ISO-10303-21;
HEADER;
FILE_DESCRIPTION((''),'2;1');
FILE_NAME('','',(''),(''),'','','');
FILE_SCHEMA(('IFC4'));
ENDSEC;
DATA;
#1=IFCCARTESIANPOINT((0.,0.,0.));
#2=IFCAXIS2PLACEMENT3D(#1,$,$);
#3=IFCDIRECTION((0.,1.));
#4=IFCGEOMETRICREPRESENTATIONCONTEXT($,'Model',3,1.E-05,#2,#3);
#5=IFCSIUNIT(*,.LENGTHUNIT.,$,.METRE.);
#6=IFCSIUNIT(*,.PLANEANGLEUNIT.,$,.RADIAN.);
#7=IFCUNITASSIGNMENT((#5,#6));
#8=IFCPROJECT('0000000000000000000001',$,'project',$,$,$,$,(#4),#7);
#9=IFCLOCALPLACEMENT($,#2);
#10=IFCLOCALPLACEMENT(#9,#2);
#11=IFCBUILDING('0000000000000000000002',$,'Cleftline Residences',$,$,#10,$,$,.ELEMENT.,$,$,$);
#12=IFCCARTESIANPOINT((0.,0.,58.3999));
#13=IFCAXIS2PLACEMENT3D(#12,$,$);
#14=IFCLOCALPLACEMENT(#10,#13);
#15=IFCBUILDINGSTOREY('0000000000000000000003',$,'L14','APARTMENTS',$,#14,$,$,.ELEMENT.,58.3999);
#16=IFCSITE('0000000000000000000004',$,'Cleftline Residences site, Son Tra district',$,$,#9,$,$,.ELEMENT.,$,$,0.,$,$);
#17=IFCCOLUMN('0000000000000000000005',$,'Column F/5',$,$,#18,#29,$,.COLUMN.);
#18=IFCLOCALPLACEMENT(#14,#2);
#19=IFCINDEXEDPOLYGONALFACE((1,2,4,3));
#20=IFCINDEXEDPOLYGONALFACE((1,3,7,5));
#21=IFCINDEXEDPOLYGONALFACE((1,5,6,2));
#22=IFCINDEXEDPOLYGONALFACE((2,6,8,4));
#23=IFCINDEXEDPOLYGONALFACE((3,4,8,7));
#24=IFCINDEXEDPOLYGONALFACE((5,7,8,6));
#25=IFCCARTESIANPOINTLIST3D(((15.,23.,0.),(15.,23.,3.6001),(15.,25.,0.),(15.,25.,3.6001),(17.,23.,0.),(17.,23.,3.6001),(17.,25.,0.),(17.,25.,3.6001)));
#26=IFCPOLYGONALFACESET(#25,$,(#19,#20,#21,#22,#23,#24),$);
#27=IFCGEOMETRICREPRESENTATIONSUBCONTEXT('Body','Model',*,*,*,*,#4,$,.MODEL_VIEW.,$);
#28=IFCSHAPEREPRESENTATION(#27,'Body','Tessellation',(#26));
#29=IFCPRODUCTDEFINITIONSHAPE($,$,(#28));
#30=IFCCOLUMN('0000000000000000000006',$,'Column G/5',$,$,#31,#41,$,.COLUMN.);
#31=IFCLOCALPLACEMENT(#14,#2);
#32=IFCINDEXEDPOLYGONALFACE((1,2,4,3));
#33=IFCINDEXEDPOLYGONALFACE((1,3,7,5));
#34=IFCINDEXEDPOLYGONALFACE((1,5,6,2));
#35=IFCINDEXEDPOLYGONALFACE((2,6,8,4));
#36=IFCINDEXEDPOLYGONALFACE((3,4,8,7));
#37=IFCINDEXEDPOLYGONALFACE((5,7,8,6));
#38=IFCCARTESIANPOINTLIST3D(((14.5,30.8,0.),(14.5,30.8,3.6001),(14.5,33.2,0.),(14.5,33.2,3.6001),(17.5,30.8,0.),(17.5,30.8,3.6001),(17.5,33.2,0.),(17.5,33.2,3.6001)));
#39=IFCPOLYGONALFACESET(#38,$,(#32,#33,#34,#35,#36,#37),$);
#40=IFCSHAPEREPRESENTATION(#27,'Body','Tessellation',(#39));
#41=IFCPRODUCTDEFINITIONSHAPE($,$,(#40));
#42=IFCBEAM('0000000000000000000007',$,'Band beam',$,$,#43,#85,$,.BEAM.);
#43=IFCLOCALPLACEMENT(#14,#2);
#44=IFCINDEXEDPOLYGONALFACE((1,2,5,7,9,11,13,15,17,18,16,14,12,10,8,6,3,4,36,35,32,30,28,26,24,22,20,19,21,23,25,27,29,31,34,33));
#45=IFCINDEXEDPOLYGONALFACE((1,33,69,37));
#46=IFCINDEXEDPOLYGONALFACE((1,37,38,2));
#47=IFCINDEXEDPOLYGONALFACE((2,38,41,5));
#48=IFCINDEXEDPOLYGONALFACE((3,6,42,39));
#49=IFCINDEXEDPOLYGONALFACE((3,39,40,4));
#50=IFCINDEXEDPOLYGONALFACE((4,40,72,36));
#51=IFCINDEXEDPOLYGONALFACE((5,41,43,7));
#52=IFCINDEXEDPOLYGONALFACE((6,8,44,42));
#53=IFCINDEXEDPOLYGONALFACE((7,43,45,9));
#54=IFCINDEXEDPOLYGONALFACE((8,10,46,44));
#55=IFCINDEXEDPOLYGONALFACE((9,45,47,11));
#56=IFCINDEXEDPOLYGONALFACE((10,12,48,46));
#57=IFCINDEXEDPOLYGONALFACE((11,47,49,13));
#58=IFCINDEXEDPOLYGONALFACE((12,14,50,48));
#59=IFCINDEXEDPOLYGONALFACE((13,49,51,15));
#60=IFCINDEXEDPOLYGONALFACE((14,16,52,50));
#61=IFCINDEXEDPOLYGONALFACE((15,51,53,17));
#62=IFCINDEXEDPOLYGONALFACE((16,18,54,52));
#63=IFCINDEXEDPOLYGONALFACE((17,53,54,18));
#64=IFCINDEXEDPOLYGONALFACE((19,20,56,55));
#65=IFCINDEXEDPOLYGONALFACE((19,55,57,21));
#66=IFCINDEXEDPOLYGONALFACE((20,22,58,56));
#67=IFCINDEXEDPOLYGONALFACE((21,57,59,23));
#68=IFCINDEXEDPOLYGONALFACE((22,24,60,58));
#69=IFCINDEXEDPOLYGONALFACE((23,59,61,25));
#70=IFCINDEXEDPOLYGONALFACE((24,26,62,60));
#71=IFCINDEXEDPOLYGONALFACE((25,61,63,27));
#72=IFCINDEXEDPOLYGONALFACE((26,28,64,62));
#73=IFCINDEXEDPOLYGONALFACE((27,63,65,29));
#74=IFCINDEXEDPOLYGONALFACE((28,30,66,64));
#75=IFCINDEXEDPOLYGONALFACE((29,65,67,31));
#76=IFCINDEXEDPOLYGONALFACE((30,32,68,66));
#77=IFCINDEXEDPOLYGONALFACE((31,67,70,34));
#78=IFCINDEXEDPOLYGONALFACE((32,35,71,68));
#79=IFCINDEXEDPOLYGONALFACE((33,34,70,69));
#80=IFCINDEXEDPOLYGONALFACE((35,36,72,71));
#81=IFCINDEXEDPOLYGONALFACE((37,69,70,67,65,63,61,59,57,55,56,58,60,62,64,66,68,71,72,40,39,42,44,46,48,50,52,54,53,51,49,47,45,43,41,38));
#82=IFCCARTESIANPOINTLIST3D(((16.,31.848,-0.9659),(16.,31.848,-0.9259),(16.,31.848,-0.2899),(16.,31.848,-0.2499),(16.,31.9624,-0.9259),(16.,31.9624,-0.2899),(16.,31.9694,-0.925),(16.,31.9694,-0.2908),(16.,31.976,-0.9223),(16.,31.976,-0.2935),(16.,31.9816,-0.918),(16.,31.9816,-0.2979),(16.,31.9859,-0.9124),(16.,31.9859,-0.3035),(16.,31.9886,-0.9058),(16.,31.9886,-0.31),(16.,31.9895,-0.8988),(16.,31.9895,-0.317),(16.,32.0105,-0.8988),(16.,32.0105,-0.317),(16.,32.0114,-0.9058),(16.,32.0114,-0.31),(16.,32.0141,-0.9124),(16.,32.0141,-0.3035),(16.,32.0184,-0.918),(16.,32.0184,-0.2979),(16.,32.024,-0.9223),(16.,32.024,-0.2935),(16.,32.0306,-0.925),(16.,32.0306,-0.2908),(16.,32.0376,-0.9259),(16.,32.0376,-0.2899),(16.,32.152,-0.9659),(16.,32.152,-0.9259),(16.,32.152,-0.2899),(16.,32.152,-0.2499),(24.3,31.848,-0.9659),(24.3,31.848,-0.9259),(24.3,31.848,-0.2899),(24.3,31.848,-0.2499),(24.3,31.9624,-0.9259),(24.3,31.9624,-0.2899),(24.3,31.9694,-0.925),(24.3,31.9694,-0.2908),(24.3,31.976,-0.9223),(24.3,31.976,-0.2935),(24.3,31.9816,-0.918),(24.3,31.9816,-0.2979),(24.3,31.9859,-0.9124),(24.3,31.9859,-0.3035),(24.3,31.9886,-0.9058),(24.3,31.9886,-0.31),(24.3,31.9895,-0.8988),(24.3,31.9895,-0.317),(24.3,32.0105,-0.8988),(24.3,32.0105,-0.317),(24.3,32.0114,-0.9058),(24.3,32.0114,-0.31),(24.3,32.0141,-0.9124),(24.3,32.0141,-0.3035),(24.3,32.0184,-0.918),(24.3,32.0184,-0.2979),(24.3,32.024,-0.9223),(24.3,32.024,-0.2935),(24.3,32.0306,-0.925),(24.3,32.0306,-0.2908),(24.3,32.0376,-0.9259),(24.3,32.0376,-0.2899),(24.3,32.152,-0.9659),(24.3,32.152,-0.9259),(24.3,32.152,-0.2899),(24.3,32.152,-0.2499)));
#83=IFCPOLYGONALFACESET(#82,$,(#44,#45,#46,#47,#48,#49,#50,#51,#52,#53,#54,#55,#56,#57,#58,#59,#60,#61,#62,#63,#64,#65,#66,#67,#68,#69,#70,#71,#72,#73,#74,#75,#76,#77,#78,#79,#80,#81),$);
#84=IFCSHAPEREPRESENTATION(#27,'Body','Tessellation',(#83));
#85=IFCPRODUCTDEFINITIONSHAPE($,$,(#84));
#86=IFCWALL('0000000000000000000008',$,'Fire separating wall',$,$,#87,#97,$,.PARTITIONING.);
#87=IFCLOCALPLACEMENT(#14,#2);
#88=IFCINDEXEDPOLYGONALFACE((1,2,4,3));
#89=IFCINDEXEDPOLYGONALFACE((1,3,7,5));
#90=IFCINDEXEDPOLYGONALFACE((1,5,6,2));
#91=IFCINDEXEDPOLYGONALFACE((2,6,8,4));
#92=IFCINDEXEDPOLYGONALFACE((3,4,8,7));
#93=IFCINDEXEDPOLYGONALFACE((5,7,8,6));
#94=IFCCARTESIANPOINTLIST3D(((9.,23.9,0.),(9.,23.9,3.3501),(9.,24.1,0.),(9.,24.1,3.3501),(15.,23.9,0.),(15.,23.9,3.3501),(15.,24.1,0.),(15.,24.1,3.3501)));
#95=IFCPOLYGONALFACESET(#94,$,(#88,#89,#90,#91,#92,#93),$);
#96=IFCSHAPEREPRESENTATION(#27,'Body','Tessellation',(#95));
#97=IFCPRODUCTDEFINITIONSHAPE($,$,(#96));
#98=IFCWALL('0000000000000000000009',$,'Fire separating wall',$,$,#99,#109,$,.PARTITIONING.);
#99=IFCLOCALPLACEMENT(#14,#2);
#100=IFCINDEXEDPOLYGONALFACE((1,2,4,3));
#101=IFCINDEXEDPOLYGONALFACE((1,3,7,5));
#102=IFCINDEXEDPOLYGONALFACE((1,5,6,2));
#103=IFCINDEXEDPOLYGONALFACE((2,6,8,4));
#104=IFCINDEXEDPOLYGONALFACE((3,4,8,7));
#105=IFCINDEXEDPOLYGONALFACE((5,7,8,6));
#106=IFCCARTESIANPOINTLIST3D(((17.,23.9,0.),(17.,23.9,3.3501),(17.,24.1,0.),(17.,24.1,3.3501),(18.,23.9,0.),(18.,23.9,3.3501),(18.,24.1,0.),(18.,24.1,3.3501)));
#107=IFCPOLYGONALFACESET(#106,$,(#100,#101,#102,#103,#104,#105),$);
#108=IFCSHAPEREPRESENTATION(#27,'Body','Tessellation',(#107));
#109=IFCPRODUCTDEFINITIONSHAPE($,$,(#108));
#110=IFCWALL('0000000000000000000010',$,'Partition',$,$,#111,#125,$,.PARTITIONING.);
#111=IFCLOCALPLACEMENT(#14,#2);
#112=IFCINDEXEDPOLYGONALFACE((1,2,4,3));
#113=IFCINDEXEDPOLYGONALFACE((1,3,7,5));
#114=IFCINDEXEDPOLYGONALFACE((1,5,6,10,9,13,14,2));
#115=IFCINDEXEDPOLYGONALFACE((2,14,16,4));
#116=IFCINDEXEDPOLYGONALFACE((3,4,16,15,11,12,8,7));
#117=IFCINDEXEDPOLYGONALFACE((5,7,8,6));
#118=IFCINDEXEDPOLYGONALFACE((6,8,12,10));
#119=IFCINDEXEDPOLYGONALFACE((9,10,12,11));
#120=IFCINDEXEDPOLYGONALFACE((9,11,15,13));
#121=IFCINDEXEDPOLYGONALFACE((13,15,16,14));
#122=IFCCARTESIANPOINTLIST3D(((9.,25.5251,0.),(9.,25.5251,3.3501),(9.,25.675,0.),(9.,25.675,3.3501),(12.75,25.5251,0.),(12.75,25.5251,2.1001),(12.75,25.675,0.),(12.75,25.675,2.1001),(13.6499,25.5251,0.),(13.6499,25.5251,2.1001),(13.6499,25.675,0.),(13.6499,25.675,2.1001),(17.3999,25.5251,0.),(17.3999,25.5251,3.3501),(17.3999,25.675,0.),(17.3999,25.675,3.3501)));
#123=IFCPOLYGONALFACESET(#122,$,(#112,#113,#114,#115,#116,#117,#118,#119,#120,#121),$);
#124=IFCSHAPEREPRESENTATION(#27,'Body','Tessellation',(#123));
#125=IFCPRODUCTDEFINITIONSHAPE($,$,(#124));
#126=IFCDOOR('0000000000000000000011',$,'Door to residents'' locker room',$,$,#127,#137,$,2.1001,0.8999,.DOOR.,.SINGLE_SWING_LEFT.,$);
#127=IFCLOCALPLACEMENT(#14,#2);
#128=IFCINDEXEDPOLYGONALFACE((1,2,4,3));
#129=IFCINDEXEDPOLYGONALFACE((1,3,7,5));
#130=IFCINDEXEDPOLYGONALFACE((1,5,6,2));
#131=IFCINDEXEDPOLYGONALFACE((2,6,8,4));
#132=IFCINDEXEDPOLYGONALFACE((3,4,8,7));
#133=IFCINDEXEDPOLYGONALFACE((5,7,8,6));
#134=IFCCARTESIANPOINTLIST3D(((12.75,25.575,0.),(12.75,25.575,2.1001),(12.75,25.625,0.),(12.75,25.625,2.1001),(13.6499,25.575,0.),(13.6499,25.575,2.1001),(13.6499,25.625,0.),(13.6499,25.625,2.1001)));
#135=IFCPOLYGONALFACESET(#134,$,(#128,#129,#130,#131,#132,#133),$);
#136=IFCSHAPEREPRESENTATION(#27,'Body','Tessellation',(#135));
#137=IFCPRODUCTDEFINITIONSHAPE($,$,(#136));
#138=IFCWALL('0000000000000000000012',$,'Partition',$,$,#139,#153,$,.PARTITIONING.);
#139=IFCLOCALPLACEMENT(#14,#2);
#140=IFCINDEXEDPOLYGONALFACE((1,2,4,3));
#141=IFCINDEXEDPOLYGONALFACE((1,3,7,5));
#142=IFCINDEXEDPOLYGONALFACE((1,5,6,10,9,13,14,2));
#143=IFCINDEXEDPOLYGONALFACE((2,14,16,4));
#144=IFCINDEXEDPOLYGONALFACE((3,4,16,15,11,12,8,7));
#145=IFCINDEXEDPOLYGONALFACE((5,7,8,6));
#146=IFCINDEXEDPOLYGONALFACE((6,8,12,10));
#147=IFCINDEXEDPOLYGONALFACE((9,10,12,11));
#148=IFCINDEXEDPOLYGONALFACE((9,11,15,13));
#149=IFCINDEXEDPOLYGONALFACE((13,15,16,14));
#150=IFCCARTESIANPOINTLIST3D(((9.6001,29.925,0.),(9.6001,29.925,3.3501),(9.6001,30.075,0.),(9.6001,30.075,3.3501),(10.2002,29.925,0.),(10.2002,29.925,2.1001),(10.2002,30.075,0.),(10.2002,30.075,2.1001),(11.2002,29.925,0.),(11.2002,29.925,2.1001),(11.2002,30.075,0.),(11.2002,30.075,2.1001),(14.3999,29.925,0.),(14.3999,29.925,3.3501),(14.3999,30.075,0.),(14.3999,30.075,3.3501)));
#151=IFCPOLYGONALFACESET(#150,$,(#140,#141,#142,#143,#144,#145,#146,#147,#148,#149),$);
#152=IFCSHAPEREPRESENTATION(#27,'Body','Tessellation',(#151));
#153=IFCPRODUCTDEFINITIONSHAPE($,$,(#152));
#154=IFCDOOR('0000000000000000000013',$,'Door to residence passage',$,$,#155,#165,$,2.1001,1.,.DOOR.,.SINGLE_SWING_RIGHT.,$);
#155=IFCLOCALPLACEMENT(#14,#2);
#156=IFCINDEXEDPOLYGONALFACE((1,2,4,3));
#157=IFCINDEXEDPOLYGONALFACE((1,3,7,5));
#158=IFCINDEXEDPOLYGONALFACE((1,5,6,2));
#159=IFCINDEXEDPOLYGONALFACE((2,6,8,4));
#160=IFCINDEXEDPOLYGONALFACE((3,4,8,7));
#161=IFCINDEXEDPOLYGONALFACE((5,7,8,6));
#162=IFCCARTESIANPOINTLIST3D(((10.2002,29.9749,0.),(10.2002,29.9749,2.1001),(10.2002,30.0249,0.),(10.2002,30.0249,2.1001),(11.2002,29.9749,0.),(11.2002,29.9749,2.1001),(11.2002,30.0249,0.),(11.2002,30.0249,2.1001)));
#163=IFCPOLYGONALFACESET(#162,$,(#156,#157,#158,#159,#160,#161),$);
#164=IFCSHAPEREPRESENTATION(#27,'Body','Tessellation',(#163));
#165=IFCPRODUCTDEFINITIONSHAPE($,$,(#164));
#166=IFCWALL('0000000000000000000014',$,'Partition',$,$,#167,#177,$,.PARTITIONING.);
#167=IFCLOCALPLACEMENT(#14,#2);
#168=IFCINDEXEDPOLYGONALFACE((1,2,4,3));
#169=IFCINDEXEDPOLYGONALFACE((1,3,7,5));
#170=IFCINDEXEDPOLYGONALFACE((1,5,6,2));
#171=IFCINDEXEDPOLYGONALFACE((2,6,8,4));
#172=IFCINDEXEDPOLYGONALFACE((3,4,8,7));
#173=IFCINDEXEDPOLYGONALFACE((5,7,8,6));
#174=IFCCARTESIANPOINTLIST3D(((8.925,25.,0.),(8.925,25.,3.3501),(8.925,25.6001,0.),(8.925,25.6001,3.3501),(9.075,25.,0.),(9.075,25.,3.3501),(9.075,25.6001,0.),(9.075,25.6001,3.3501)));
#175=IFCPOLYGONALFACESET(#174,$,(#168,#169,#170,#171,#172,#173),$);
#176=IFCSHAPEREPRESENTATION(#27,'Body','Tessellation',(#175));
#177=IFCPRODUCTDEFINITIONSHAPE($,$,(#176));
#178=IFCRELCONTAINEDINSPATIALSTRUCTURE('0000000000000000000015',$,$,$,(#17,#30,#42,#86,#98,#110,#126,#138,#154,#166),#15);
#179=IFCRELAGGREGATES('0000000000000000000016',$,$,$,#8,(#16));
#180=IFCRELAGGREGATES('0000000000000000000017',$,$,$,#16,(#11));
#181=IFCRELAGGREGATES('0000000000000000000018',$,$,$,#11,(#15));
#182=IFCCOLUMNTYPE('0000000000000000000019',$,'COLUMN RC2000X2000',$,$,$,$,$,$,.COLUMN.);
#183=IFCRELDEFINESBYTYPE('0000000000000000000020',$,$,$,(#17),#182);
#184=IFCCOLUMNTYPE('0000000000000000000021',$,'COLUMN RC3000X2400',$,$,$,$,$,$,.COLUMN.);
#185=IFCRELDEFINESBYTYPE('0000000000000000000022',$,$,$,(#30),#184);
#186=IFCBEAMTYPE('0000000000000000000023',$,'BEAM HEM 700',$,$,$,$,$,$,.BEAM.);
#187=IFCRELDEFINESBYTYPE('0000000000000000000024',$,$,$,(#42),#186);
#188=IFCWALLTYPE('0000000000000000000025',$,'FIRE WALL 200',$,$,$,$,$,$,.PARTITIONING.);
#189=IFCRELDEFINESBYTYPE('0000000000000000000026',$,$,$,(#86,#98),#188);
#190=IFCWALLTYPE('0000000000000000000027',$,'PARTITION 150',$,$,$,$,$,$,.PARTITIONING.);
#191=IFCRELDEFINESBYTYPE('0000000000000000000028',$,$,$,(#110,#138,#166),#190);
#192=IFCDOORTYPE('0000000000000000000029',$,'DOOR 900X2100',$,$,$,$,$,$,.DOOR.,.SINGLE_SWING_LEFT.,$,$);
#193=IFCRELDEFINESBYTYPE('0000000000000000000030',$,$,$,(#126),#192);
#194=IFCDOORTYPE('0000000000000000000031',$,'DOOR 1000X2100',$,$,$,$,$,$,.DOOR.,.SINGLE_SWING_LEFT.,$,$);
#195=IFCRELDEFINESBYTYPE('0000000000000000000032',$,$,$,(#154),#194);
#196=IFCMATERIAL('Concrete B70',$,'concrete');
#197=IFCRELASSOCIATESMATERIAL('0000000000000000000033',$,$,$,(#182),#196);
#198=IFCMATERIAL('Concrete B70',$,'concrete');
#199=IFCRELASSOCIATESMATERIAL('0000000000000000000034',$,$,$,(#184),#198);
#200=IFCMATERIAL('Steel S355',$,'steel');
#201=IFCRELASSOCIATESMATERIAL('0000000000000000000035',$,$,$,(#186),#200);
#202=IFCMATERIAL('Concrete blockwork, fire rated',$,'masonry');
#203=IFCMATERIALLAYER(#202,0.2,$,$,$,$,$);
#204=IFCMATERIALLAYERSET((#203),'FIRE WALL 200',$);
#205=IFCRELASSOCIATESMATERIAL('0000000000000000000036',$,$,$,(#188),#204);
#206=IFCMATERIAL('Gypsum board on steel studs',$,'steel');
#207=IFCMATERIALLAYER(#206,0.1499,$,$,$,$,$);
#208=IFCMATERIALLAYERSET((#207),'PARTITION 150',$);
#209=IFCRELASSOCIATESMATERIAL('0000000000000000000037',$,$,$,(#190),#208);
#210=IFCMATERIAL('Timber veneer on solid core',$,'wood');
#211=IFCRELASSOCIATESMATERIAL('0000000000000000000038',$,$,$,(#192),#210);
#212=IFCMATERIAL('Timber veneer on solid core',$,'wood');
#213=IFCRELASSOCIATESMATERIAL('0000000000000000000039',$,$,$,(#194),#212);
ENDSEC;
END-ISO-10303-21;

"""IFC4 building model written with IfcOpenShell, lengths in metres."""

from ifc_helpers import new_model, si_unit, direction, frame, frame_2d, origin, origin_2d, place, context, subcontext, project, spatial, rectangle, i_section, extrude, material, layer, layer_set, material_profile, profile_set, type_object, element, fill, save


model = new_model("IFC4")

# Units and contexts
model_context = context("Model", 3, precision=1e-05, world=origin(), true_north=direction((0.0, 1.0)))
body_context = subcontext(model_context, "Body", "Model", "MODEL_VIEW")
ifc_project = project(units=[si_unit("LENGTHUNIT", "METRE"), si_unit("PLANEANGLEUNIT", "RADIAN")], contexts=[model_context])

# Site, building, storey
site_placement = place(None, origin())
site = spatial("IfcSite", under=ifc_project, at=site_placement, Name="Cleftline Residences site, Son Tra district", CompositionType="ELEMENT", RefElevation=0.0)
building_placement = place(site_placement, origin())
building = spatial("IfcBuilding", under=site, at=building_placement, Name="Cleftline Residences", CompositionType="ELEMENT")
storey_placement = place(building_placement, frame((0.0, 0.0, 58.3999)))
storey = spatial("IfcBuildingStorey", under=building, at=storey_placement, Name="L14", Description="APARTMENTS", CompositionType="ELEMENT", Elevation=58.3999)

# Columns
ifc_material_1 = material(Name="Concrete B70", Category="concrete")
ifc_material_profile_1 = material_profile(ifc_material_1, rectangle(XDim=2.0, YDim=2.0, at=origin_2d()))
ifc_profile_set_1 = profile_set([ifc_material_profile_1], Name="Concrete B70")
column_type_1 = type_object("IfcColumnType", Name="COLUMN RC2000X2000", PredefinedType="COLUMN", material=ifc_profile_set_1)
column_1_placement = place(storey_placement, frame((16.0, 24.0, 0.0), z_axis=(0.0, 0.0, 1.0), x_axis=(1.0, 0.0, 0.0)))
element("IfcColumn", 1, at=column_1_placement, inside=storey, type_object=column_type_1, Name="Column F/5", PredefinedType="COLUMN", context=body_context, shape_type="SweptSolid", body=[
    extrude(rectangle(XDim=2.0, YDim=2.0, at=origin_2d()), origin(), (0.0, 0.0, 1.0), 3.6001),
])
ifc_material_2 = material(Name="Concrete B70", Category="concrete")
ifc_material_profile_2 = material_profile(ifc_material_2, rectangle(XDim=3.0, YDim=2.3999, at=origin_2d()))
ifc_profile_set_2 = profile_set([ifc_material_profile_2], Name="Concrete B70")
column_type_2 = type_object("IfcColumnType", Name="COLUMN RC3000X2400", PredefinedType="COLUMN", material=ifc_profile_set_2)
column_2_placement = place(storey_placement, frame((16.0, 32.0, 0.0), z_axis=(0.0, 0.0, 1.0), x_axis=(1.0, 0.0, 0.0)))
element("IfcColumn", 2, at=column_2_placement, inside=storey, type_object=column_type_2, Name="Column G/5", PredefinedType="COLUMN", context=body_context, shape_type="SweptSolid", body=[
    extrude(rectangle(XDim=3.0, YDim=2.3999, at=origin_2d()), origin(), (0.0, 0.0, 1.0), 3.6001),
])

# Beam
ifc_material_3 = material(Name="Steel S355", Category="steel")
ifc_material_profile_3 = material_profile(ifc_material_3, i_section(OverallWidth=0.304, OverallDepth=0.7161, WebThickness=0.021, FlangeThickness=0.04, FilletRadius=0.0271, at=origin_2d()))
ifc_profile_set_3 = profile_set([ifc_material_profile_3], Name="Steel S355")
beam_type = type_object("IfcBeamType", Name="BEAM HEM 700", PredefinedType="BEAM", material=ifc_profile_set_3)
beam_placement = place(storey_placement, frame((16.0, 32.0, -0.6079), z_axis=(1.0, 0.0, 0.0), x_axis=(0.0, 1.0, 0.0)))
element("IfcBeam", 3, at=beam_placement, inside=storey, type_object=beam_type, Name="Band beam", PredefinedType="BEAM", context=body_context, shape_type="SweptSolid", body=[
    extrude(i_section(OverallWidth=0.304, OverallDepth=0.7161, WebThickness=0.021, FlangeThickness=0.04, FilletRadius=0.0271, at=origin_2d()), origin(), (0.0, 0.0, 1.0), 8.3),
])

# Walls
ifc_material_4 = material(Name="Concrete blockwork, fire rated", Category="masonry")
ifc_layer_1 = layer(ifc_material_4, 0.2)
ifc_layer_set_1 = layer_set([ifc_layer_1], Name="FIRE WALL 200")
wall_type_1 = type_object("IfcWallType", Name="FIRE WALL 200", PredefinedType="PARTITIONING", material=ifc_layer_set_1)
wall_1_placement = place(storey_placement, frame((9.0, 24.0, 0.0), z_axis=(0.0, 0.0, 1.0), x_axis=(1.0, 0.0, 0.0)))
element("IfcWall", 4, at=wall_1_placement, inside=storey, type_object=wall_type_1, Name="Fire separating wall", PredefinedType="PARTITIONING", context=body_context, shape_type="SweptSolid", body=[
    extrude(rectangle(XDim=6.0, YDim=0.2, at=frame_2d((3.0, 0.0))), origin(), (0.0, 0.0, 1.0), 3.3501),
])
wall_2_placement = place(storey_placement, frame((17.0, 24.0, 0.0), z_axis=(0.0, 0.0, 1.0), x_axis=(1.0, 0.0, 0.0)))
element("IfcWall", 5, at=wall_2_placement, inside=storey, type_object=wall_type_1, Name="Fire separating wall", PredefinedType="PARTITIONING", context=body_context, shape_type="SweptSolid", body=[
    extrude(rectangle(XDim=1.0, YDim=0.2, at=frame_2d((0.5, 0.0))), origin(), (0.0, 0.0, 1.0), 3.3501),
])

# Walls, openings, doors
ifc_material_5 = material(Name="Gypsum board on steel studs", Category="steel")
ifc_layer_2 = layer(ifc_material_5, 0.1499)
ifc_layer_set_2 = layer_set([ifc_layer_2], Name="PARTITION 150")
wall_type_2 = type_object("IfcWallType", Name="PARTITION 150", PredefinedType="PARTITIONING", material=ifc_layer_set_2)
wall_3_placement = place(storey_placement, frame((9.0, 25.6001, 0.0), z_axis=(0.0, 0.0, 1.0), x_axis=(1.0, 0.0, 0.0)))
wall_3 = element("IfcWall", 6, at=wall_3_placement, inside=storey, type_object=wall_type_2, Name="Partition", PredefinedType="PARTITIONING", context=body_context, shape_type="SweptSolid", body=[
    extrude(rectangle(XDim=8.3999, YDim=0.1499, at=frame_2d((4.2, 0.0))), origin(), (0.0, 0.0, 1.0), 3.3501),
])
opening_1_placement = place(wall_3_placement, frame((3.75, 0.0, 0.0)))
opening_1 = element("IfcOpeningElement", 7, at=opening_1_placement, cuts=wall_3, PredefinedType="OPENING", context=body_context, shape_type="SweptSolid", body=[
    extrude(rectangle(XDim=0.8999, YDim=2.1001, at=frame_2d((0.45, 1.05))), frame((0.0, 0.085, 0.0), z_axis=(0.0, -1.0, 0.0), x_axis=(1.0, 0.0, 0.0)), (0.0, 0.0, 1.0), 0.1699),
])
ifc_material_6 = material(Name="Timber veneer on solid core", Category="wood")
door_type_1 = type_object("IfcDoorType", Name="DOOR 900X2100", OperationType="SINGLE_SWING_LEFT", PredefinedType="DOOR", material=ifc_material_6)
door_1_placement = place(opening_1_placement, origin())
door_1 = element("IfcDoor", 8, at=door_1_placement, inside=storey, type_object=door_type_1, Name="Door to residents' locker room", OperationType="SINGLE_SWING_LEFT", OverallHeight=2.1001, OverallWidth=0.8999, PredefinedType="DOOR", context=body_context, shape_type="SweptSolid", body=[
    extrude(rectangle(XDim=0.8999, YDim=2.1001, at=frame_2d((0.45, 1.05))), frame((0.0, 0.0249, 0.0), z_axis=(0.0, -1.0, 0.0), x_axis=(1.0, 0.0, 0.0)), (0.0, 0.0, 1.0), 0.05),
])
fill(opening_1, door_1)
wall_4_placement = place(storey_placement, frame((9.6001, 30.0, 0.0), z_axis=(0.0, 0.0, 1.0), x_axis=(1.0, 0.0, 0.0)))
wall_4 = element("IfcWall", 9, at=wall_4_placement, inside=storey, type_object=wall_type_2, Name="Partition", PredefinedType="PARTITIONING", context=body_context, shape_type="SweptSolid", body=[
    extrude(rectangle(XDim=4.7998, YDim=0.1499, at=frame_2d((2.3999, 0.0))), origin(), (0.0, 0.0, 1.0), 3.3501),
])
opening_2_placement = place(wall_4_placement, frame((0.6001, 0.0, 0.0)))
opening_2 = element("IfcOpeningElement", 10, at=opening_2_placement, cuts=wall_4, PredefinedType="OPENING", context=body_context, shape_type="SweptSolid", body=[
    extrude(rectangle(XDim=1.0, YDim=2.1001, at=frame_2d((0.5, 1.05))), frame((0.0, 0.085, 0.0), z_axis=(0.0, -1.0, 0.0), x_axis=(1.0, 0.0, 0.0)), (0.0, 0.0, 1.0), 0.1699),
])
ifc_material_7 = material(Name="Timber veneer on solid core", Category="wood")
door_type_2 = type_object("IfcDoorType", Name="DOOR 1000X2100", OperationType="SINGLE_SWING_LEFT", PredefinedType="DOOR", material=ifc_material_7)
door_2_placement = place(opening_2_placement, origin())
door_2 = element("IfcDoor", 11, at=door_2_placement, inside=storey, type_object=door_type_2, Name="Door to residence passage", OperationType="SINGLE_SWING_RIGHT", OverallHeight=2.1001, OverallWidth=1.0, PredefinedType="DOOR", context=body_context, shape_type="SweptSolid", body=[
    extrude(rectangle(XDim=1.0, YDim=2.1001, at=frame_2d((0.5, 1.05))), frame((0.0, 0.0249, 0.0), z_axis=(0.0, -1.0, 0.0), x_axis=(1.0, 0.0, 0.0)), (0.0, 0.0, 1.0), 0.05),
])
fill(opening_2, door_2)

# Wall
wall_5_placement = place(storey_placement, frame((9.0, 25.0, 0.0), z_axis=(0.0, 0.0, 1.0), x_axis=(0.0, 1.0, 0.0)))
element("IfcWall", 12, at=wall_5_placement, inside=storey, type_object=wall_type_2, Name="Partition", PredefinedType="PARTITIONING", context=body_context, shape_type="SweptSolid", body=[
    extrude(rectangle(XDim=0.6001, YDim=0.1499, at=frame_2d((0.3, 0.0))), origin(), (0.0, 0.0, 1.0), 3.3501),
])

save(model, "model.ifc")
